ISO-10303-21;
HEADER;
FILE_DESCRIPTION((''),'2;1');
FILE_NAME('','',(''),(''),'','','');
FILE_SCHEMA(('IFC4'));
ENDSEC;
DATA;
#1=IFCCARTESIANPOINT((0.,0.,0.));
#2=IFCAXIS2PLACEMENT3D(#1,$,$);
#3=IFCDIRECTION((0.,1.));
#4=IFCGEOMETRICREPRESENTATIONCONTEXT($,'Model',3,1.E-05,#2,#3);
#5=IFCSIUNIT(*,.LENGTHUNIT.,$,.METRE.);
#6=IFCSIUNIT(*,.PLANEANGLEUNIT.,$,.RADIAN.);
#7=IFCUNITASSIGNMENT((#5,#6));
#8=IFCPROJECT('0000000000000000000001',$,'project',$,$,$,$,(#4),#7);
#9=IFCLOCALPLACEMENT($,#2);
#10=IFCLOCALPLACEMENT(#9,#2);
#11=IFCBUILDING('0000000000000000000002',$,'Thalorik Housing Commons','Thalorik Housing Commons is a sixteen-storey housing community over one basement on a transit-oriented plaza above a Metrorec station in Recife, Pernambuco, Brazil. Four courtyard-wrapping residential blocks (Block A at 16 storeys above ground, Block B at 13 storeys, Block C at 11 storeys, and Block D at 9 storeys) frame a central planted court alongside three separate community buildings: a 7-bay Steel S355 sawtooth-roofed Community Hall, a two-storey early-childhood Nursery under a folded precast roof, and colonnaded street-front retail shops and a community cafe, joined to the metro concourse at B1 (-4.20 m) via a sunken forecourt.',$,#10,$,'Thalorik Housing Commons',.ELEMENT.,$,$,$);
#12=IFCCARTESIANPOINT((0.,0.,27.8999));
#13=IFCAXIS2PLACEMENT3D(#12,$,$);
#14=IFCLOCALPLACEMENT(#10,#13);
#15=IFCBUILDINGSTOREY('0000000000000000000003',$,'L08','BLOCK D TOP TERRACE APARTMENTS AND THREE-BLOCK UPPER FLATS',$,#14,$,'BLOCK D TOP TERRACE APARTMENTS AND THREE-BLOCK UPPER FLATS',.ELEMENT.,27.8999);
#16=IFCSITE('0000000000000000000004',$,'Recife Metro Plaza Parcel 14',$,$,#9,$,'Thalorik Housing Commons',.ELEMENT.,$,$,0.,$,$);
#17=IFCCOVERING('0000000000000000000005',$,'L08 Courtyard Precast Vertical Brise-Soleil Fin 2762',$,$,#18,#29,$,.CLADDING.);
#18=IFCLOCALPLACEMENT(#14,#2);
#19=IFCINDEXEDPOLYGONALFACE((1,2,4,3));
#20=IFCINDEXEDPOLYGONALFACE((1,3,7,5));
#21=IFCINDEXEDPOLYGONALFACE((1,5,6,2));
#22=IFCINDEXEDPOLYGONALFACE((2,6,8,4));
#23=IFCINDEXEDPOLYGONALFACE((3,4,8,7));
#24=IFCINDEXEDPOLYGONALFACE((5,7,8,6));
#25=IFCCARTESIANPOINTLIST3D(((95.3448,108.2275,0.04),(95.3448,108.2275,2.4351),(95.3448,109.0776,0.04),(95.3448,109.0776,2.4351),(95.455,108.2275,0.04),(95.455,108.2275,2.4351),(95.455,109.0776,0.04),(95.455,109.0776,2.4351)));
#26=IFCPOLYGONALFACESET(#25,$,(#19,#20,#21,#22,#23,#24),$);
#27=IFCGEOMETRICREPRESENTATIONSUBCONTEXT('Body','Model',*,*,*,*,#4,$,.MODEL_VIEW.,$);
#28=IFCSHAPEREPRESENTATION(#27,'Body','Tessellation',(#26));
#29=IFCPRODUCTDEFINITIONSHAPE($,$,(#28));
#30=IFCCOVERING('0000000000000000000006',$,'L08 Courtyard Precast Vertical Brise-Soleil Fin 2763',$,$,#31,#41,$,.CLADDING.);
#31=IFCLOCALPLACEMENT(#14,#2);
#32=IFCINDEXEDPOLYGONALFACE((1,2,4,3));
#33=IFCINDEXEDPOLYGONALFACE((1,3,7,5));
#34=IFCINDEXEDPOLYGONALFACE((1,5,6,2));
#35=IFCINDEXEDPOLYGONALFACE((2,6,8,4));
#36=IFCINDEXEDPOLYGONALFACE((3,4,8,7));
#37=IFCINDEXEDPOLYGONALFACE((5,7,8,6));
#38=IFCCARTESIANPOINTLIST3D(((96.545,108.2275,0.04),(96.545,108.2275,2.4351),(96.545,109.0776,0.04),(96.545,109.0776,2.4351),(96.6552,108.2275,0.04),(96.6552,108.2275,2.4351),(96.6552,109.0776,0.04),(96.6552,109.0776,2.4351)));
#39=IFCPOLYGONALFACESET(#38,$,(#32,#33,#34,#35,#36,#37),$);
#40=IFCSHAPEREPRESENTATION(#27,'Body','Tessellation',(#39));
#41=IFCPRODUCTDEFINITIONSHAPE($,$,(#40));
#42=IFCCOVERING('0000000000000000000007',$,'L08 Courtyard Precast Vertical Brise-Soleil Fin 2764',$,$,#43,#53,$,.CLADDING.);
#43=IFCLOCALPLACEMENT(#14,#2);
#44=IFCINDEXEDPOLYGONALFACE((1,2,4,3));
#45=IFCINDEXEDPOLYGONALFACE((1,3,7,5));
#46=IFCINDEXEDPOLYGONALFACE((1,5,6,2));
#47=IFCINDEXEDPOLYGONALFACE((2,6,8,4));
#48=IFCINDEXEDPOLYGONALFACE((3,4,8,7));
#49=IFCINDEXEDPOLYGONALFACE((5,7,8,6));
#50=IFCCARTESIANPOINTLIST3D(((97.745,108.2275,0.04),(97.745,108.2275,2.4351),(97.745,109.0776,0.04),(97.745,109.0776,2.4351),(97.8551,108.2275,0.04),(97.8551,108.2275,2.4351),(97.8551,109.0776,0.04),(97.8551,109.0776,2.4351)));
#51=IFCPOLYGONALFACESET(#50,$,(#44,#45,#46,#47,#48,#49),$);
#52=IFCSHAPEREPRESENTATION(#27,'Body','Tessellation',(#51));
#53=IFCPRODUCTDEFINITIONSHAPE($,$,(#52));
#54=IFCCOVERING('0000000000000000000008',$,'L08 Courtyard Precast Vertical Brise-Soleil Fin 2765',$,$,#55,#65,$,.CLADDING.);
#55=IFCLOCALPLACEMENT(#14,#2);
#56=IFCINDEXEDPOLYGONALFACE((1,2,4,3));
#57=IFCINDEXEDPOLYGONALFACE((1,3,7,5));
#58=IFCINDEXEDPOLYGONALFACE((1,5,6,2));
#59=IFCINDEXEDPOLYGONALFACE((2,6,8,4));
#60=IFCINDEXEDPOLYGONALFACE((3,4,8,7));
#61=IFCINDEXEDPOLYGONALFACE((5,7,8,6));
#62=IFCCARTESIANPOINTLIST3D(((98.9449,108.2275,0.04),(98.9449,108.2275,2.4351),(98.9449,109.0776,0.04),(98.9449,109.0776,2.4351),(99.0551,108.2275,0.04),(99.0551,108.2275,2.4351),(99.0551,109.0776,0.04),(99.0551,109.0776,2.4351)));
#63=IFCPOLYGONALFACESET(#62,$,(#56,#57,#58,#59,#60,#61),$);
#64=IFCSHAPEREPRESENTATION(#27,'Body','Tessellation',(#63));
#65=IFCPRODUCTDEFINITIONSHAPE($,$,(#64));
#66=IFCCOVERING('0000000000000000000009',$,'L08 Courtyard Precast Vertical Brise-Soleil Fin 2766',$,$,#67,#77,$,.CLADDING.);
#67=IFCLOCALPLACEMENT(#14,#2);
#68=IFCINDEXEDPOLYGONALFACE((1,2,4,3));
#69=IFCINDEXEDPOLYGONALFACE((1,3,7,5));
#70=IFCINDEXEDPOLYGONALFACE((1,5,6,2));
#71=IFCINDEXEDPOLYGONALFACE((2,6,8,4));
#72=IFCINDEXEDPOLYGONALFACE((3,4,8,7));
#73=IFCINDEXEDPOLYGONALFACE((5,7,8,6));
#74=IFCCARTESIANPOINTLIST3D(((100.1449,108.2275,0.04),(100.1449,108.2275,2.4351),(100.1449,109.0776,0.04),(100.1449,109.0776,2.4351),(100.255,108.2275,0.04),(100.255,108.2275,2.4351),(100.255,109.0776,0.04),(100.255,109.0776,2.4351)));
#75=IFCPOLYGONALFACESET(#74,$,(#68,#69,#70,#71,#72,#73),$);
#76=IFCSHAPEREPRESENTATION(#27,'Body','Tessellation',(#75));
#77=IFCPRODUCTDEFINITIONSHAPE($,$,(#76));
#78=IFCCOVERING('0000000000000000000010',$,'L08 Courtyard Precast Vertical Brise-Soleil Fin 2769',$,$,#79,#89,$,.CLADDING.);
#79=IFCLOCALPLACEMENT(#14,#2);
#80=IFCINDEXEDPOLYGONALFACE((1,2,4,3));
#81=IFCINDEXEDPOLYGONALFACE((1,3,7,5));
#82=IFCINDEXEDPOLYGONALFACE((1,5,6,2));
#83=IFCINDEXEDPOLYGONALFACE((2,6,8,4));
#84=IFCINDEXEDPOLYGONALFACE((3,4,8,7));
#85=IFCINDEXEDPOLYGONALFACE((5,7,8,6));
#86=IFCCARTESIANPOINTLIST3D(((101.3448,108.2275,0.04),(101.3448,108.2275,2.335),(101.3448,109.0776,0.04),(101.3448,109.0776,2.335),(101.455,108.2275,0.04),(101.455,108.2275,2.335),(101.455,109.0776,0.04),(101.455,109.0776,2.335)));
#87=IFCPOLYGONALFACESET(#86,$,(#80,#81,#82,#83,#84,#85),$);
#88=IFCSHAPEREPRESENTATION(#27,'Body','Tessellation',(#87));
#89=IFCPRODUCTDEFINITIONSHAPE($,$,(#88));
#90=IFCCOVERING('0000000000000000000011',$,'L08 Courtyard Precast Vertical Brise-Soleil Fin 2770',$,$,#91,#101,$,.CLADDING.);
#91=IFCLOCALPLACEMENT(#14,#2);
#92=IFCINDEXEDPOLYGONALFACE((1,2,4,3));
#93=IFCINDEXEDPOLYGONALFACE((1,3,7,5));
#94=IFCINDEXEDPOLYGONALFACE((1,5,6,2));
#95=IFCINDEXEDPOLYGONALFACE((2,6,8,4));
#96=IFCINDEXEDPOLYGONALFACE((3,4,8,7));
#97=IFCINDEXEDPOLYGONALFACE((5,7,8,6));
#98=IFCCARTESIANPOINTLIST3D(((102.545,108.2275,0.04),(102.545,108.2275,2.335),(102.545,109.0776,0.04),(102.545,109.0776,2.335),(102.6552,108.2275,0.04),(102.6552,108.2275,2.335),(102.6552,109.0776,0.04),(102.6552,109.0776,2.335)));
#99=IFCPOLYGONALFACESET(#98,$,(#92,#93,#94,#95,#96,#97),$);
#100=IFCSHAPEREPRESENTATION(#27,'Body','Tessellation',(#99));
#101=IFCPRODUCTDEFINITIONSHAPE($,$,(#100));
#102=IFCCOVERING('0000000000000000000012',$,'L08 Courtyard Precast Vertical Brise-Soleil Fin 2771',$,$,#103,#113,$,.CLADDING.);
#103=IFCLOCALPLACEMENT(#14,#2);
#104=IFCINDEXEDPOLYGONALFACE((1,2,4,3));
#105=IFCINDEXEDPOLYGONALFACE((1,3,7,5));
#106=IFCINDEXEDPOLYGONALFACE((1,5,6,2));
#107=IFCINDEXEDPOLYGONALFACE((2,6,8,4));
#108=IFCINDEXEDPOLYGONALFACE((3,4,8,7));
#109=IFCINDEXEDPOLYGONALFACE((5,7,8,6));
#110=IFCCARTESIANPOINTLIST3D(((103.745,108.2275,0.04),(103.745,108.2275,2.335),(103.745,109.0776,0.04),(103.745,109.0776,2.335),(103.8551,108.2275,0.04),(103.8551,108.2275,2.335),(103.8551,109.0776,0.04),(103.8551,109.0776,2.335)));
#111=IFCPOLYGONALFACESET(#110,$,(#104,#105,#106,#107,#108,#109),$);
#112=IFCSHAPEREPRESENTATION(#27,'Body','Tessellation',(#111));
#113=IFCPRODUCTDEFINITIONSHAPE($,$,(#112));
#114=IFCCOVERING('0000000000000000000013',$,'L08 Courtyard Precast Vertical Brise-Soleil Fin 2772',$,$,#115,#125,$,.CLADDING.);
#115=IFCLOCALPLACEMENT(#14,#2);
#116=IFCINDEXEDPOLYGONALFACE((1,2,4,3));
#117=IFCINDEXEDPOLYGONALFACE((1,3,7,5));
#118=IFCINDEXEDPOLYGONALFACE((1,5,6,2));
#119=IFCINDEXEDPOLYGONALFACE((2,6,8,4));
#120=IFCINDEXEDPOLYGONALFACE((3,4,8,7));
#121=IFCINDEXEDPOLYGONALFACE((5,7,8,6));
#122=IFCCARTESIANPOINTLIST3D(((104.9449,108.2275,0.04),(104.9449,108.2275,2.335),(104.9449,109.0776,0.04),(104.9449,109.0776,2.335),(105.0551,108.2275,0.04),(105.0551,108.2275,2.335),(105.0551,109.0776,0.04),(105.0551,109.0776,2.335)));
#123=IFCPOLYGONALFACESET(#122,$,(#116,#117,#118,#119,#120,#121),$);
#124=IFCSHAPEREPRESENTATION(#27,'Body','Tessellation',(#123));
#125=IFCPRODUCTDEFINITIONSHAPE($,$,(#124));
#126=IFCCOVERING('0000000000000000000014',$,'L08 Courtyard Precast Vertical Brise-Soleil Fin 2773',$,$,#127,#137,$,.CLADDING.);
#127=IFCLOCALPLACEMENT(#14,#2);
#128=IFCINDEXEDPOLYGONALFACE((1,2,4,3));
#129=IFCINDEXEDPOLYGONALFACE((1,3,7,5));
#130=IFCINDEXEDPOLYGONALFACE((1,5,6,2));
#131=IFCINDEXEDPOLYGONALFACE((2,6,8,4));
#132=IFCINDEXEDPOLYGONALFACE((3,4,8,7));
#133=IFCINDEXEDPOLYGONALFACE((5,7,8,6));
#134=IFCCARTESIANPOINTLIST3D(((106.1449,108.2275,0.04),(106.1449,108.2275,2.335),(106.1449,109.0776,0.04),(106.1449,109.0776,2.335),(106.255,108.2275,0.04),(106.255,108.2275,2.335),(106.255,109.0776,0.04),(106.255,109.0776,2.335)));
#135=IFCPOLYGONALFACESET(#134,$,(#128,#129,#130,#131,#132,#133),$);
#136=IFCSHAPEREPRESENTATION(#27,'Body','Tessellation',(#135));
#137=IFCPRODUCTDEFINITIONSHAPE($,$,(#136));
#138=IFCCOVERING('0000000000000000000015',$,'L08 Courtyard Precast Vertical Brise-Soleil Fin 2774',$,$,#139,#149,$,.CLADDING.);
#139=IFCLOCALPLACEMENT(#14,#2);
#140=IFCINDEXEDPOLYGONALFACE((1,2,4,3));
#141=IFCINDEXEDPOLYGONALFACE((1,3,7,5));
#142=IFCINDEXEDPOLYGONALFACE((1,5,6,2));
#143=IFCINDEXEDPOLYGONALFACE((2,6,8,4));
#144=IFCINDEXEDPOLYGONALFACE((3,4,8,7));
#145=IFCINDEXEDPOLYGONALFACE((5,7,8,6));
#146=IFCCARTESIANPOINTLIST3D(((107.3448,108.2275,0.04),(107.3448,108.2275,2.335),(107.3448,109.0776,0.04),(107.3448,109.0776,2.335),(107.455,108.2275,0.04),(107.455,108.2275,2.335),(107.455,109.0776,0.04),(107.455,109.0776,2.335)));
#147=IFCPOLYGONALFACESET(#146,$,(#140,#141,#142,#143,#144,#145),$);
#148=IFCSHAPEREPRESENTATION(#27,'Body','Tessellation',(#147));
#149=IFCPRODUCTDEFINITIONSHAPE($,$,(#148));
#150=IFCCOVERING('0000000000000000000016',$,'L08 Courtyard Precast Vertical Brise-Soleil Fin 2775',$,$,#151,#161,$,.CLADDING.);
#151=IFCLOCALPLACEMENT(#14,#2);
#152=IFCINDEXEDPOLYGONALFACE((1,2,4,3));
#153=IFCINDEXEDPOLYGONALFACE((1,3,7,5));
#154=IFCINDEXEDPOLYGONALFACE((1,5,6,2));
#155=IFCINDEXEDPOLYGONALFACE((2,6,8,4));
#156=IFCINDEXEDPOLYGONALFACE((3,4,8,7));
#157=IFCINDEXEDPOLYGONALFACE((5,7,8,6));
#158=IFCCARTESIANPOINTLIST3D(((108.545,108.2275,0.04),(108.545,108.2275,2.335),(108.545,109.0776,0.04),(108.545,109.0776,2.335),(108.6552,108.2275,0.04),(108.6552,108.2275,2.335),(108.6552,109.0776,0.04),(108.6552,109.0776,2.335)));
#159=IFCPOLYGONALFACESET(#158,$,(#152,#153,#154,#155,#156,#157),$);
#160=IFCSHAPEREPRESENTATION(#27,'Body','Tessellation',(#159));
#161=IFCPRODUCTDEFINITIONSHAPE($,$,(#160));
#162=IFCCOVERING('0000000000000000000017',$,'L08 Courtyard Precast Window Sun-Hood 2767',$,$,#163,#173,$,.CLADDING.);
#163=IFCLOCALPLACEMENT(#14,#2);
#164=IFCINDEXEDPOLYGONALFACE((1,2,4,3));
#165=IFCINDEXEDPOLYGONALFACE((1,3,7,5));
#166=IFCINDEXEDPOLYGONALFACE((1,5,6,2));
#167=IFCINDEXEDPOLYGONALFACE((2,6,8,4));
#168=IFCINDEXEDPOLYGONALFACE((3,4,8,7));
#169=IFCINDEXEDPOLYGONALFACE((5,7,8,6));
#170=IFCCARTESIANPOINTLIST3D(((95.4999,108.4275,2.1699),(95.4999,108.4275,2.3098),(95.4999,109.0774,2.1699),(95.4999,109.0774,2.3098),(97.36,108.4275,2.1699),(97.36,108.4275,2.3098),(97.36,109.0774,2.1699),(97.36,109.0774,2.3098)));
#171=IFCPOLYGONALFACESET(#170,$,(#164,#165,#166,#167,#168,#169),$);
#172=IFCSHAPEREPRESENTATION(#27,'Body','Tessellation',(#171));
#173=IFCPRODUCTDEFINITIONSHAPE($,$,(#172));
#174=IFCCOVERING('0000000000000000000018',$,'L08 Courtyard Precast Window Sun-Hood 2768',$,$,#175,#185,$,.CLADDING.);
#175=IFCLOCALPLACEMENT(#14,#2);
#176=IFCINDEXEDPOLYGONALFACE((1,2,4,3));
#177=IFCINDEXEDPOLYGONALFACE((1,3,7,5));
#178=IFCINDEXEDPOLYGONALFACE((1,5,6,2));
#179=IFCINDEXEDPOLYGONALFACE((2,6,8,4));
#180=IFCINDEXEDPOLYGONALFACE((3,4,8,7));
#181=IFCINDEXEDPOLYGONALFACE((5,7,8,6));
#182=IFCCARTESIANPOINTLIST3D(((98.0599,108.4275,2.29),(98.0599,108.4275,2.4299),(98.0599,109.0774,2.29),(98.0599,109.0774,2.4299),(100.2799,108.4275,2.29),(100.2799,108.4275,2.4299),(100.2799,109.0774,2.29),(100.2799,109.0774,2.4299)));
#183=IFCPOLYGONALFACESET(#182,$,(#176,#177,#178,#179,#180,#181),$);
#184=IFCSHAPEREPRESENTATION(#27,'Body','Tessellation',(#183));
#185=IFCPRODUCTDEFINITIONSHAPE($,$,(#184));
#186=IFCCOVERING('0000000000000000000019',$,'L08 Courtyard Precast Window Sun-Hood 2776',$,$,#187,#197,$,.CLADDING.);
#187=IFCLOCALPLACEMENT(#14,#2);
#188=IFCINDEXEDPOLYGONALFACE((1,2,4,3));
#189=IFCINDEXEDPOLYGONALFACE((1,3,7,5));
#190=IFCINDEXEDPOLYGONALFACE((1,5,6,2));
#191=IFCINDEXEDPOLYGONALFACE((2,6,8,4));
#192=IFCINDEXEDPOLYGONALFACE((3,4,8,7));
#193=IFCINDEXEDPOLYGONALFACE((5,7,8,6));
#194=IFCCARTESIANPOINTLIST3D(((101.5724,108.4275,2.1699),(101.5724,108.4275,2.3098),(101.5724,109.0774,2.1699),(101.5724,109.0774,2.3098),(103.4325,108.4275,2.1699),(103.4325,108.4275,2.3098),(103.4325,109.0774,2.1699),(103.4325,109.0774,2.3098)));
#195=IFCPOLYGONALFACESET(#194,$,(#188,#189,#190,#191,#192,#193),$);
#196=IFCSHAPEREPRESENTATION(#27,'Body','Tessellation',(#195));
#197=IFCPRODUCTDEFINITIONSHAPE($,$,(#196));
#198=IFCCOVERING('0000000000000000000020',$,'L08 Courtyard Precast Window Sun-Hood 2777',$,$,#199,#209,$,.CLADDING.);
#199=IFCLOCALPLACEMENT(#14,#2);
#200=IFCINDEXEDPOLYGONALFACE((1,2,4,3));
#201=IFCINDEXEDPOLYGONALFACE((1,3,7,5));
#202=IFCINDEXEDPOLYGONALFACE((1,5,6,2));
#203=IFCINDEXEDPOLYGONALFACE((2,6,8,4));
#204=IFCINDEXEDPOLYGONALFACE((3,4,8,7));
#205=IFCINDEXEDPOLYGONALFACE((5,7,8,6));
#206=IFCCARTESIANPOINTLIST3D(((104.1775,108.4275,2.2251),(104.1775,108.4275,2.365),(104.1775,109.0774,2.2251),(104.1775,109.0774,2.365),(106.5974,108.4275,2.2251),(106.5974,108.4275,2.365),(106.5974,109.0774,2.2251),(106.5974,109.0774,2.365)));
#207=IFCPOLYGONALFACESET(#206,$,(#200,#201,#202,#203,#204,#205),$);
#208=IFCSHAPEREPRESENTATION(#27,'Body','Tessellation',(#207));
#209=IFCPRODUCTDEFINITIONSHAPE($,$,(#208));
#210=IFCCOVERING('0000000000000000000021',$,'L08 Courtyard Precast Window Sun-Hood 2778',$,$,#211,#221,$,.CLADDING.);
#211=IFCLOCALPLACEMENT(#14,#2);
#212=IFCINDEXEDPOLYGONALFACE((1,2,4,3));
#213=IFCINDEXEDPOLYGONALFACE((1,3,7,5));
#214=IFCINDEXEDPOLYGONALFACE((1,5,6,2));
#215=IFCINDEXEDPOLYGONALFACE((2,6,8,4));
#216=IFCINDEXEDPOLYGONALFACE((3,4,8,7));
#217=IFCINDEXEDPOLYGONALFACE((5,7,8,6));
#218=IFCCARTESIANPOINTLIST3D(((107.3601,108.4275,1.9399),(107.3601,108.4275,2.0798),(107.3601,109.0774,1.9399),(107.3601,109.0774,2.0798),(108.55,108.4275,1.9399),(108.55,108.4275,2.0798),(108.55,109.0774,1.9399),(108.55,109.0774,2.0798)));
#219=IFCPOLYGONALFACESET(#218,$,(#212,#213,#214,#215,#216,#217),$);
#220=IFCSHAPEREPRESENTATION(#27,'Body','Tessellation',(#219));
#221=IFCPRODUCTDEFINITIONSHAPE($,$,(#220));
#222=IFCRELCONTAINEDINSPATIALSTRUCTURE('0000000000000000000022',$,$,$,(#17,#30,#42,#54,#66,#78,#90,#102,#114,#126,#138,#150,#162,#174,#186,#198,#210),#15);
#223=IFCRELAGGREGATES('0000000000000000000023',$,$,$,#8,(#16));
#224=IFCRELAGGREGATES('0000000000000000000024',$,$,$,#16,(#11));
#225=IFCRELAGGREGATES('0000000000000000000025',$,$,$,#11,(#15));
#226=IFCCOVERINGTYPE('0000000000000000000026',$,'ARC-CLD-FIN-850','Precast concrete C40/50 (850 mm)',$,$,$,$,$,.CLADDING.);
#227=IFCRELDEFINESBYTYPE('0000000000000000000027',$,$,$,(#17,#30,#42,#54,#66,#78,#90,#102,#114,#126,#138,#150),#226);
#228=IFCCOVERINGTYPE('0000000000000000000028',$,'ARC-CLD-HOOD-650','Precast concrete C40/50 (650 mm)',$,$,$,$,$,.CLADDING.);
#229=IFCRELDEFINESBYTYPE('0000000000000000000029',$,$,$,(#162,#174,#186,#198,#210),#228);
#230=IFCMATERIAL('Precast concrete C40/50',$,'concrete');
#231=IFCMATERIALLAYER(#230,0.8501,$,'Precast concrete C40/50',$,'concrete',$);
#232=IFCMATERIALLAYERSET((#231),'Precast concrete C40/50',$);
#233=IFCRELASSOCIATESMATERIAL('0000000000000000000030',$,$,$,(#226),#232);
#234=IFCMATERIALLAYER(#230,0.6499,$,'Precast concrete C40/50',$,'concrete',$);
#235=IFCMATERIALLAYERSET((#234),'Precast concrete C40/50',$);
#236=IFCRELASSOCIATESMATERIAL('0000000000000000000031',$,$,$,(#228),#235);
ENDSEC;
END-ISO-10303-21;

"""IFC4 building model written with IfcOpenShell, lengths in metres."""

from ifc_helpers import new_model, si_unit, direction, frame, origin, origin_2d, place, context, subcontext, project, spatial, rectangle, extrude, material, layer, layer_set, type_object, element, save


model = new_model("IFC4")

# Units and contexts
model_context = context("Model", 3, precision=1e-05, world=origin(), true_north=direction((0.0, 1.0)))
body_context = subcontext(model_context, "Body", "Model", "MODEL_VIEW")
ifc_project = project(units=[si_unit("LENGTHUNIT", "METRE"), si_unit("PLANEANGLEUNIT", "RADIAN")], contexts=[model_context])

# Site, building, storey
site_placement = place(None, origin())
site = spatial("IfcSite", under=ifc_project, at=site_placement, Name="Recife Metro Plaza Parcel 14", LongName="Thalorik Housing Commons", CompositionType="ELEMENT", RefElevation=0.0)
building_placement = place(site_placement, origin())
building = spatial("IfcBuilding", under=site, at=building_placement, Name="Thalorik Housing Commons", Description="Thalorik Housing Commons is a sixteen-storey housing community over one basement on a transit-oriented plaza above a Metrorec station in Recife, Pernambuco, Brazil. Four courtyard-wrapping residential blocks (Block A at 16 storeys above ground, Block B at 13 storeys, Block C at 11 storeys, and Block D at 9 storeys) frame a central planted court alongside three separate community buildings: a 7-bay Steel S355 sawtooth-roofed Community Hall, a two-storey early-childhood Nursery under a folded precast roof, and colonnaded street-front retail shops and a community cafe, joined to the metro concourse at B1 (-4.20 m) via a sunken forecourt.", LongName="Thalorik Housing Commons", CompositionType="ELEMENT")
storey_placement = place(building_placement, frame((0.0, 0.0, 27.8999)))
storey = spatial("IfcBuildingStorey", under=building, at=storey_placement, Name="L08", Description="BLOCK D TOP TERRACE APARTMENTS AND THREE-BLOCK UPPER FLATS", LongName="BLOCK D TOP TERRACE APARTMENTS AND THREE-BLOCK UPPER FLATS", CompositionType="ELEMENT", Elevation=27.8999)

# Shared definitions
ifc_material_1 = material(Name="Precast concrete C40/50", Category="concrete")

# Coverings
ifc_layer_1 = layer(ifc_material_1, 0.8501, Name="Precast concrete C40/50", Category="concrete")
ifc_layer_set_1 = layer_set([ifc_layer_1], Name="Precast concrete C40/50")
covering_type_1 = type_object("IfcCoveringType", Name="ARC-CLD-FIN-850", Description="Precast concrete C40/50 (850 mm)", PredefinedType="CLADDING", material=ifc_layer_set_1)
for number, where, z_axis, x_axis, name in (
    (1, (95.3999, 108.6526, 0.04), (0.0, 0.0, 1.0), (1.0, 0.0, 0.0), "L08 Courtyard Precast Vertical Brise-Soleil Fin 2762"),
    (2, (96.6001, 108.6526, 0.04), (0.0, 0.0, 1.0), (1.0, 0.0, 0.0), "L08 Courtyard Precast Vertical Brise-Soleil Fin 2763"),
    (3, (97.8, 108.6526, 0.04), (0.0, 0.0, 1.0), (1.0, 0.0, 0.0), "L08 Courtyard Precast Vertical Brise-Soleil Fin 2764"),
    (4, (99.0, 108.6526, 0.04), (0.0, 0.0, 1.0), (1.0, 0.0, 0.0), "L08 Courtyard Precast Vertical Brise-Soleil Fin 2765"),
    (5, (100.2, 108.6526, 0.04), (0.0, 0.0, 1.0), (1.0, 0.0, 0.0), "L08 Courtyard Precast Vertical Brise-Soleil Fin 2766"),
):
    element("IfcCovering", number, at=place(storey_placement, frame(where, z_axis=z_axis, x_axis=x_axis)), inside=storey, type_object=covering_type_1, Name=name, PredefinedType="CLADDING", context=body_context, shape_type="SweptSolid", body=[
        extrude(rectangle(XDim=0.1101, YDim=0.8501, at=origin_2d()), origin(), (0.0, 0.0, 1.0), 2.395),
    ])
for number, where, z_axis, x_axis, name in (
    (6, (101.3999, 108.6526, 0.04), (0.0, 0.0, 1.0), (1.0, 0.0, 0.0), "L08 Courtyard Precast Vertical Brise-Soleil Fin 2769"),
    (7, (102.6001, 108.6526, 0.04), (0.0, 0.0, 1.0), (1.0, 0.0, 0.0), "L08 Courtyard Precast Vertical Brise-Soleil Fin 2770"),
    (8, (103.8, 108.6526, 0.04), (0.0, 0.0, 1.0), (1.0, 0.0, 0.0), "L08 Courtyard Precast Vertical Brise-Soleil Fin 2771"),
    (9, (105.0, 108.6526, 0.04), (0.0, 0.0, 1.0), (1.0, 0.0, 0.0), "L08 Courtyard Precast Vertical Brise-Soleil Fin 2772"),
    (10, (106.2, 108.6526, 0.04), (0.0, 0.0, 1.0), (1.0, 0.0, 0.0), "L08 Courtyard Precast Vertical Brise-Soleil Fin 2773"),
    (11, (107.3999, 108.6526, 0.04), (0.0, 0.0, 1.0), (1.0, 0.0, 0.0), "L08 Courtyard Precast Vertical Brise-Soleil Fin 2774"),
    (12, (108.6001, 108.6526, 0.04), (0.0, 0.0, 1.0), (1.0, 0.0, 0.0), "L08 Courtyard Precast Vertical Brise-Soleil Fin 2775"),
):
    element("IfcCovering", number, at=place(storey_placement, frame(where, z_axis=z_axis, x_axis=x_axis)), inside=storey, type_object=covering_type_1, Name=name, PredefinedType="CLADDING", context=body_context, shape_type="SweptSolid", body=[
        extrude(rectangle(XDim=0.1101, YDim=0.8501, at=origin_2d()), origin(), (0.0, 0.0, 1.0), 2.2949),
    ])
ifc_layer_2 = layer(ifc_material_1, 0.6499, Name="Precast concrete C40/50", Category="concrete")
ifc_layer_set_2 = layer_set([ifc_layer_2], Name="Precast concrete C40/50")
covering_type_2 = type_object("IfcCoveringType", Name="ARC-CLD-HOOD-650", Description="Precast concrete C40/50 (650 mm)", PredefinedType="CLADDING", material=ifc_layer_set_2)
covering_1_placement = place(storey_placement, frame((96.4299, 108.7524, 2.1699), z_axis=(0.0, 0.0, 1.0), x_axis=(1.0, 0.0, 0.0)))
element("IfcCovering", 13, at=covering_1_placement, inside=storey, type_object=covering_type_2, Name="L08 Courtyard Precast Window Sun-Hood 2767", PredefinedType="CLADDING", context=body_context, shape_type="SweptSolid", body=[
    extrude(rectangle(XDim=1.8601, YDim=0.6499, at=origin_2d()), origin(), (0.0, 0.0, 1.0), 0.1399),
])
covering_2_placement = place(storey_placement, frame((99.1699, 108.7524, 2.29), z_axis=(0.0, 0.0, 1.0), x_axis=(1.0, 0.0, 0.0)))
element("IfcCovering", 14, at=covering_2_placement, inside=storey, type_object=covering_type_2, Name="L08 Courtyard Precast Window Sun-Hood 2768", PredefinedType="CLADDING", context=body_context, shape_type="SweptSolid", body=[
    extrude(rectangle(XDim=2.22, YDim=0.6499, at=origin_2d()), origin(), (0.0, 0.0, 1.0), 0.1399),
])
covering_3_placement = place(storey_placement, frame((102.5024, 108.7524, 2.1699), z_axis=(0.0, 0.0, 1.0), x_axis=(1.0, 0.0, 0.0)))
element("IfcCovering", 15, at=covering_3_placement, inside=storey, type_object=covering_type_2, Name="L08 Courtyard Precast Window Sun-Hood 2776", PredefinedType="CLADDING", context=body_context, shape_type="SweptSolid", body=[
    extrude(rectangle(XDim=1.8601, YDim=0.6499, at=origin_2d()), origin(), (0.0, 0.0, 1.0), 0.1399),
])
covering_4_placement = place(storey_placement, frame((105.3875, 108.7524, 2.2251), z_axis=(0.0, 0.0, 1.0), x_axis=(1.0, 0.0, 0.0)))
element("IfcCovering", 16, at=covering_4_placement, inside=storey, type_object=covering_type_2, Name="L08 Courtyard Precast Window Sun-Hood 2777", PredefinedType="CLADDING", context=body_context, shape_type="SweptSolid", body=[
    extrude(rectangle(XDim=2.4199, YDim=0.6499, at=origin_2d()), origin(), (0.0, 0.0, 1.0), 0.1399),
])
covering_5_placement = place(storey_placement, frame((107.9551, 108.7524, 1.9399), z_axis=(0.0, 0.0, 1.0), x_axis=(1.0, 0.0, 0.0)))
element("IfcCovering", 17, at=covering_5_placement, inside=storey, type_object=covering_type_2, Name="L08 Courtyard Precast Window Sun-Hood 2778", PredefinedType="CLADDING", context=body_context, shape_type="SweptSolid", body=[
    extrude(rectangle(XDim=1.1899, YDim=0.6499, at=origin_2d()), origin(), (0.0, 0.0, 1.0), 0.1399),
])

save(model, "model.ifc")
